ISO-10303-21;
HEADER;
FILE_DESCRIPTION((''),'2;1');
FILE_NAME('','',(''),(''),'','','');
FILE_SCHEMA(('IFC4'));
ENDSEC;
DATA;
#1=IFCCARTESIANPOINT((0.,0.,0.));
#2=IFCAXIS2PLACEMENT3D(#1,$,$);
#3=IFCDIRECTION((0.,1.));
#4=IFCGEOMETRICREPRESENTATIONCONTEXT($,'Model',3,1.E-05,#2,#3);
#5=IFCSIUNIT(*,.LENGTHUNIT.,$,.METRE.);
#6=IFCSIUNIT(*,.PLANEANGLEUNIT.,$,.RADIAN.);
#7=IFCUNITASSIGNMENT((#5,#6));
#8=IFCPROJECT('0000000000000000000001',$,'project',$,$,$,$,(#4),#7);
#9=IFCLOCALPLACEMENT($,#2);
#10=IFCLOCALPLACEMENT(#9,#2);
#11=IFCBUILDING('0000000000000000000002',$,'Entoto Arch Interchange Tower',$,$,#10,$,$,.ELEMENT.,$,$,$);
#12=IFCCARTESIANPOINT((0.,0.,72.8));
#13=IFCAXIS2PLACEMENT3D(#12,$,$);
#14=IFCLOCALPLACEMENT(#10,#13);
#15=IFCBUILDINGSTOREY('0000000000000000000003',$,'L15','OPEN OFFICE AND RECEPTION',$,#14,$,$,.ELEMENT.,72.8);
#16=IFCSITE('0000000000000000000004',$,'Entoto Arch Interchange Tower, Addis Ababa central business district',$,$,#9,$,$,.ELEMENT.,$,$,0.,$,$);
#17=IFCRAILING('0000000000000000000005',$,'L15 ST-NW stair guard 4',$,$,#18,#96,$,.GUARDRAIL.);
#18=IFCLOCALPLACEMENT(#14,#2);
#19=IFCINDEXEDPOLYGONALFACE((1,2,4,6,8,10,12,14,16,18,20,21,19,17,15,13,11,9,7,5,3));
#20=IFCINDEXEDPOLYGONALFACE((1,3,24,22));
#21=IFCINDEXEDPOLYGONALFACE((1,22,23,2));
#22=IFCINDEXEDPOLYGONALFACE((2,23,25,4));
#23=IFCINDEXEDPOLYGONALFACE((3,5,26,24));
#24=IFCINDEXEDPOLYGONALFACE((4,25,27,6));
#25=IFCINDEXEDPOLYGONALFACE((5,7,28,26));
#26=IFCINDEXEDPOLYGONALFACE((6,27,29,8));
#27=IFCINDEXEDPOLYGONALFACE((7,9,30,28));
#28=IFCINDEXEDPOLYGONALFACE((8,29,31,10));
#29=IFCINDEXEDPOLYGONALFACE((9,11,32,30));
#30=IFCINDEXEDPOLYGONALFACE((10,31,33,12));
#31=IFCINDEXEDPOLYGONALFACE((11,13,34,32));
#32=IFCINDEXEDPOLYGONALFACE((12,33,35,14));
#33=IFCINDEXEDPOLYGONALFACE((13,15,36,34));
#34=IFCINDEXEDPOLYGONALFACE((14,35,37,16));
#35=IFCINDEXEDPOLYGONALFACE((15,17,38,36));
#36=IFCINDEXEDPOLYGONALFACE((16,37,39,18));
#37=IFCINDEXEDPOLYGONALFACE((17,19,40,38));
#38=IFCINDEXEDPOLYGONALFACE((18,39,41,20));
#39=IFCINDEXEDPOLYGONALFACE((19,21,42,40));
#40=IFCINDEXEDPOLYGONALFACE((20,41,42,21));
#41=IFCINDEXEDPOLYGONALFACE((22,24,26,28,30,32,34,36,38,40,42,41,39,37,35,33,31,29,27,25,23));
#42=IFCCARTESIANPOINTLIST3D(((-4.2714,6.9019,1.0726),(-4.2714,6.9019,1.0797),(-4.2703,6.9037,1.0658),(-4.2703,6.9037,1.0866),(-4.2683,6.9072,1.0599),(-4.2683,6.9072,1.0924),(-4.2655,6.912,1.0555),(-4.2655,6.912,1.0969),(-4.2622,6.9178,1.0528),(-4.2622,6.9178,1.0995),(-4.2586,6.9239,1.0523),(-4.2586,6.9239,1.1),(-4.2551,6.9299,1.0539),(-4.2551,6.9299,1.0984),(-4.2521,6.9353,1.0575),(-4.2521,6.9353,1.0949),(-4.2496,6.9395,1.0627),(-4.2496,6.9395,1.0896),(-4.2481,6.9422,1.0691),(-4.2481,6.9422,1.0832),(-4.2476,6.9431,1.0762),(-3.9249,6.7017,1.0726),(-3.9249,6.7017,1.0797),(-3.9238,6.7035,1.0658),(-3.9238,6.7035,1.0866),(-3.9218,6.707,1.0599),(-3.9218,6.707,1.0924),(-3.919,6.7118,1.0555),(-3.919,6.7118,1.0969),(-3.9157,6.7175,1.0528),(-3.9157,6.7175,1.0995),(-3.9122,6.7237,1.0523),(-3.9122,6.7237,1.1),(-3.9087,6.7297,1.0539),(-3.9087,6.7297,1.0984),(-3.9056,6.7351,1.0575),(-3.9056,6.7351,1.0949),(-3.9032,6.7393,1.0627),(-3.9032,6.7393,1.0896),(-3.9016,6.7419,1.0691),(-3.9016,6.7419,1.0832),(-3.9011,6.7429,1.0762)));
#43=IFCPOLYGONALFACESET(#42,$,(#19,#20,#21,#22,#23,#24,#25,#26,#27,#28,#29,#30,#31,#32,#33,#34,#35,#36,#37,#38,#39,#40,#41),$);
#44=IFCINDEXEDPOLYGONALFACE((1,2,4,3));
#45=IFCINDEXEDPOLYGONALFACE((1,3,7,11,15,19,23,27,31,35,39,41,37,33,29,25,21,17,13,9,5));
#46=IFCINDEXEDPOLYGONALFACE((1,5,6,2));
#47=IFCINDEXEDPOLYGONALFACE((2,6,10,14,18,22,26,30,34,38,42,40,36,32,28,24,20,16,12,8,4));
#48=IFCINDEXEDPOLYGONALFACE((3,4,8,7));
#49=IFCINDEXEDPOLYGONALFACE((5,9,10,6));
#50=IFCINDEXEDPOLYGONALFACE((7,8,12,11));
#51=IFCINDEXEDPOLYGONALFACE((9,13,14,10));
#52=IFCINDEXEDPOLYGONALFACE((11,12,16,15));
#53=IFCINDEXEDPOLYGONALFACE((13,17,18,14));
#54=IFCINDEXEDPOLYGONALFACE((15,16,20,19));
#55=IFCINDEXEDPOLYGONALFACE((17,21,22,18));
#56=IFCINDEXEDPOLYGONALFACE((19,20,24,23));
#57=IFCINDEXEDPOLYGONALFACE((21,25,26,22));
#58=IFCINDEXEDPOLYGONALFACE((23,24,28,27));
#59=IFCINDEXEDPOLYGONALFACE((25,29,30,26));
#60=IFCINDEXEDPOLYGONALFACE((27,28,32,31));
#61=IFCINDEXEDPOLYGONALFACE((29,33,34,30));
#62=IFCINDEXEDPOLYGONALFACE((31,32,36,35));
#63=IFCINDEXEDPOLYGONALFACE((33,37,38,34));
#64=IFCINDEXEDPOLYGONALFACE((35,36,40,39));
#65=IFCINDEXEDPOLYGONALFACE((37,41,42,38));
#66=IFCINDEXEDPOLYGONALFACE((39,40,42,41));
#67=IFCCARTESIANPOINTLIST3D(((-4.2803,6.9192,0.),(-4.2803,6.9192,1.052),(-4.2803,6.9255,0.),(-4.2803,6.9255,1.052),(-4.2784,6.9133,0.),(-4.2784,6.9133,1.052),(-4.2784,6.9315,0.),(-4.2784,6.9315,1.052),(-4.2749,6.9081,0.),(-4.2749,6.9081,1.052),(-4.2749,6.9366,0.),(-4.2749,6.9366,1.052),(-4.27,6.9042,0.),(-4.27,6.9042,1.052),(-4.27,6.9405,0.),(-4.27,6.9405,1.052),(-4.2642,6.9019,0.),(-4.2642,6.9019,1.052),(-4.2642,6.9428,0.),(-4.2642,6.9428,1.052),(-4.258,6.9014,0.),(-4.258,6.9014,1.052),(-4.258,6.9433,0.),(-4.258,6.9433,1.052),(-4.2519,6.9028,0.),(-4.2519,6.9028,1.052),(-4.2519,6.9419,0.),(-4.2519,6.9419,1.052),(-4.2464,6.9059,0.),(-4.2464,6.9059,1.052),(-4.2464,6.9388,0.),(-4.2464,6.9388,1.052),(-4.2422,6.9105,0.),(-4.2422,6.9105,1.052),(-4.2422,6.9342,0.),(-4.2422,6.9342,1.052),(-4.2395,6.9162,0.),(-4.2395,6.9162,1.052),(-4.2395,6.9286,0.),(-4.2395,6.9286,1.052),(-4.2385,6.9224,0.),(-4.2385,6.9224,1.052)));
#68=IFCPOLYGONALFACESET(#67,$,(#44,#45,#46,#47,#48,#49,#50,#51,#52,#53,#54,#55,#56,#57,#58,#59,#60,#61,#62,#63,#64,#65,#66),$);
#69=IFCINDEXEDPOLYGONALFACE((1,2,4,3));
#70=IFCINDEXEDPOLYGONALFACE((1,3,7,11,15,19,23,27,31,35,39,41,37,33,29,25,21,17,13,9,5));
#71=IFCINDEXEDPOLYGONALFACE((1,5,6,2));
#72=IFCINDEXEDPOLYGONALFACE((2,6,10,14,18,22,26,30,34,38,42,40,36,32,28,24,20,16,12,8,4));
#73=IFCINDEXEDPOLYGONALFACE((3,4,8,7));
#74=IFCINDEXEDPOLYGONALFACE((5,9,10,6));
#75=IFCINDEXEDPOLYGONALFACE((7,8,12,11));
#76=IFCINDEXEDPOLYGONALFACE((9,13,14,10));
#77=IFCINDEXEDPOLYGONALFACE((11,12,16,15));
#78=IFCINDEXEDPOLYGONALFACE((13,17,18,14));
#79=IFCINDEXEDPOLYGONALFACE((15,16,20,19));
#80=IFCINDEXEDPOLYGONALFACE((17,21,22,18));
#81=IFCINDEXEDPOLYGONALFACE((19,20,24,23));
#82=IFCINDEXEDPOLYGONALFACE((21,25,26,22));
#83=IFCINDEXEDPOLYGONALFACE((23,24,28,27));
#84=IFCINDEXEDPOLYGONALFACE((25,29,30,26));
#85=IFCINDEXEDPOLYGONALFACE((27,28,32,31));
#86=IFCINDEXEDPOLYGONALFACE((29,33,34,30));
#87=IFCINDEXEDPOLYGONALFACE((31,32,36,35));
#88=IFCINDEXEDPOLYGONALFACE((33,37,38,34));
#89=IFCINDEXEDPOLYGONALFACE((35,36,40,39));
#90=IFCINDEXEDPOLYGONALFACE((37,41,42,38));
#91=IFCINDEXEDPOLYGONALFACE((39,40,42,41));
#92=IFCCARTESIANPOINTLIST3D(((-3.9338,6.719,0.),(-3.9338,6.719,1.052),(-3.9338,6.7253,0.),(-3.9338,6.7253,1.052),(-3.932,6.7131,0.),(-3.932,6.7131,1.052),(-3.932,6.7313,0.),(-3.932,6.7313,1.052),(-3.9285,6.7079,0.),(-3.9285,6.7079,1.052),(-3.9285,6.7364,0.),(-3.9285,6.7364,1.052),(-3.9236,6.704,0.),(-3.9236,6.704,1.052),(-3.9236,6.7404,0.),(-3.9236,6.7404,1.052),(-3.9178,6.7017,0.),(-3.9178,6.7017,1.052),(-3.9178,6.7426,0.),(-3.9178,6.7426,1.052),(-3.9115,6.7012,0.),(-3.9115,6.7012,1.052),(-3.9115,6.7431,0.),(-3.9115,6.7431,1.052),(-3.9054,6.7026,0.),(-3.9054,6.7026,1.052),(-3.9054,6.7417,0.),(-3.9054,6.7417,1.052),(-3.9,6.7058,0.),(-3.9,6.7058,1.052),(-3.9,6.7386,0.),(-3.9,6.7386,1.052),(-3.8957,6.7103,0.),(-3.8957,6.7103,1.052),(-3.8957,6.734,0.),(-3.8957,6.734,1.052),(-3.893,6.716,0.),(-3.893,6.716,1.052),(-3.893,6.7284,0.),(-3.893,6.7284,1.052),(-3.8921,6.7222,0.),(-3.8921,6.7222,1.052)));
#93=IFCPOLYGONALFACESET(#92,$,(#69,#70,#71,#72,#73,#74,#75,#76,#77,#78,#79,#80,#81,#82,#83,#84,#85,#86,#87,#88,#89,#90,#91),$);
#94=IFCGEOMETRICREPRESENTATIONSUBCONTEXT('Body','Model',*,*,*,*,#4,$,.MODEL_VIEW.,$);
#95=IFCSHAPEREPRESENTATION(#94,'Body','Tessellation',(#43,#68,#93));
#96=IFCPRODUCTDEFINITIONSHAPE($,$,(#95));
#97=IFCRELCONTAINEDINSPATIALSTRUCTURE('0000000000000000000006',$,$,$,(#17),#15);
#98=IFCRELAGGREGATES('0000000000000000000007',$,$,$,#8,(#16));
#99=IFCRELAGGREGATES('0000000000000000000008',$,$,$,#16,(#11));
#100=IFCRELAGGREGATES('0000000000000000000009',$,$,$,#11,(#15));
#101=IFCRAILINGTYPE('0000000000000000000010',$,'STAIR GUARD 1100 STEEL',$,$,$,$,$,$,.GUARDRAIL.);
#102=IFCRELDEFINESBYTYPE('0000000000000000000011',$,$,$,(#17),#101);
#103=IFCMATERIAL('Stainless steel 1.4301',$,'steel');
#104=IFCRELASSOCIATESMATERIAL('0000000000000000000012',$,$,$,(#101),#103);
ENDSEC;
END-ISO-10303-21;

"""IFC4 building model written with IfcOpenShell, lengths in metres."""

from ifc_helpers import new_model, si_unit, direction, frame, origin, origin_2d, place, context, subcontext, project, spatial, circle, extrude, material, type_object, element, save


model = new_model("IFC4")

# Units and contexts
model_context = context("Model", 3, precision=1e-05, world=origin(), true_north=direction((0.0, 1.0)))
body_context = subcontext(model_context, "Body", "Model", "MODEL_VIEW")
ifc_project = project(units=[si_unit("LENGTHUNIT", "METRE"), si_unit("PLANEANGLEUNIT", "RADIAN")], contexts=[model_context])

# Site, building, storey
site_placement = place(None, origin())
site = spatial("IfcSite", under=ifc_project, at=site_placement, Name="Entoto Arch Interchange Tower, Addis Ababa central business district", CompositionType="ELEMENT", RefElevation=0.0)
building_placement = place(site_placement, origin())
building = spatial("IfcBuilding", under=site, at=building_placement, Name="Entoto Arch Interchange Tower", CompositionType="ELEMENT")
storey_placement = place(building_placement, frame((0.0, 0.0, 72.8)))
storey = spatial("IfcBuildingStorey", under=building, at=storey_placement, Name="L15", Description="OPEN OFFICE AND RECEPTION", CompositionType="ELEMENT", Elevation=72.8)

# Railing
ifc_material_1 = material(Name="Stainless steel 1.4301", Category="steel")
railing_type_1 = type_object("IfcRailingType", Name="STAIR GUARD 1100 STEEL", PredefinedType="GUARDRAIL", material=ifc_material_1)
railing_1_placement = place(storey_placement, frame((-4.2595, 6.9224, 0.0)))
element("IfcRailing", 1, at=railing_1_placement, inside=storey, type_object=railing_type_1, Name="L15 ST-NW stair guard 4", PredefinedType="GUARDRAIL", context=body_context, shape_type="SweptSolid", body=[
    extrude(circle(Radius=0.0239, at=origin_2d()), frame((0.0, 0.0, 1.0762), z_axis=(0.86583, -0.500339, 0.0), x_axis=(0.500339, 0.86583, 0.0)), (0.0, 0.0, 1.0), 0.4001),
    extrude(circle(Radius=0.021, at=origin_2d()), origin(), (0.0, 0.0, 1.0), 1.052),
    extrude(circle(Radius=0.021, at=origin_2d()), frame((0.3464, -0.2002, 0.0)), (0.0, 0.0, 1.0), 1.052),
])

save(model, "model.ifc")
